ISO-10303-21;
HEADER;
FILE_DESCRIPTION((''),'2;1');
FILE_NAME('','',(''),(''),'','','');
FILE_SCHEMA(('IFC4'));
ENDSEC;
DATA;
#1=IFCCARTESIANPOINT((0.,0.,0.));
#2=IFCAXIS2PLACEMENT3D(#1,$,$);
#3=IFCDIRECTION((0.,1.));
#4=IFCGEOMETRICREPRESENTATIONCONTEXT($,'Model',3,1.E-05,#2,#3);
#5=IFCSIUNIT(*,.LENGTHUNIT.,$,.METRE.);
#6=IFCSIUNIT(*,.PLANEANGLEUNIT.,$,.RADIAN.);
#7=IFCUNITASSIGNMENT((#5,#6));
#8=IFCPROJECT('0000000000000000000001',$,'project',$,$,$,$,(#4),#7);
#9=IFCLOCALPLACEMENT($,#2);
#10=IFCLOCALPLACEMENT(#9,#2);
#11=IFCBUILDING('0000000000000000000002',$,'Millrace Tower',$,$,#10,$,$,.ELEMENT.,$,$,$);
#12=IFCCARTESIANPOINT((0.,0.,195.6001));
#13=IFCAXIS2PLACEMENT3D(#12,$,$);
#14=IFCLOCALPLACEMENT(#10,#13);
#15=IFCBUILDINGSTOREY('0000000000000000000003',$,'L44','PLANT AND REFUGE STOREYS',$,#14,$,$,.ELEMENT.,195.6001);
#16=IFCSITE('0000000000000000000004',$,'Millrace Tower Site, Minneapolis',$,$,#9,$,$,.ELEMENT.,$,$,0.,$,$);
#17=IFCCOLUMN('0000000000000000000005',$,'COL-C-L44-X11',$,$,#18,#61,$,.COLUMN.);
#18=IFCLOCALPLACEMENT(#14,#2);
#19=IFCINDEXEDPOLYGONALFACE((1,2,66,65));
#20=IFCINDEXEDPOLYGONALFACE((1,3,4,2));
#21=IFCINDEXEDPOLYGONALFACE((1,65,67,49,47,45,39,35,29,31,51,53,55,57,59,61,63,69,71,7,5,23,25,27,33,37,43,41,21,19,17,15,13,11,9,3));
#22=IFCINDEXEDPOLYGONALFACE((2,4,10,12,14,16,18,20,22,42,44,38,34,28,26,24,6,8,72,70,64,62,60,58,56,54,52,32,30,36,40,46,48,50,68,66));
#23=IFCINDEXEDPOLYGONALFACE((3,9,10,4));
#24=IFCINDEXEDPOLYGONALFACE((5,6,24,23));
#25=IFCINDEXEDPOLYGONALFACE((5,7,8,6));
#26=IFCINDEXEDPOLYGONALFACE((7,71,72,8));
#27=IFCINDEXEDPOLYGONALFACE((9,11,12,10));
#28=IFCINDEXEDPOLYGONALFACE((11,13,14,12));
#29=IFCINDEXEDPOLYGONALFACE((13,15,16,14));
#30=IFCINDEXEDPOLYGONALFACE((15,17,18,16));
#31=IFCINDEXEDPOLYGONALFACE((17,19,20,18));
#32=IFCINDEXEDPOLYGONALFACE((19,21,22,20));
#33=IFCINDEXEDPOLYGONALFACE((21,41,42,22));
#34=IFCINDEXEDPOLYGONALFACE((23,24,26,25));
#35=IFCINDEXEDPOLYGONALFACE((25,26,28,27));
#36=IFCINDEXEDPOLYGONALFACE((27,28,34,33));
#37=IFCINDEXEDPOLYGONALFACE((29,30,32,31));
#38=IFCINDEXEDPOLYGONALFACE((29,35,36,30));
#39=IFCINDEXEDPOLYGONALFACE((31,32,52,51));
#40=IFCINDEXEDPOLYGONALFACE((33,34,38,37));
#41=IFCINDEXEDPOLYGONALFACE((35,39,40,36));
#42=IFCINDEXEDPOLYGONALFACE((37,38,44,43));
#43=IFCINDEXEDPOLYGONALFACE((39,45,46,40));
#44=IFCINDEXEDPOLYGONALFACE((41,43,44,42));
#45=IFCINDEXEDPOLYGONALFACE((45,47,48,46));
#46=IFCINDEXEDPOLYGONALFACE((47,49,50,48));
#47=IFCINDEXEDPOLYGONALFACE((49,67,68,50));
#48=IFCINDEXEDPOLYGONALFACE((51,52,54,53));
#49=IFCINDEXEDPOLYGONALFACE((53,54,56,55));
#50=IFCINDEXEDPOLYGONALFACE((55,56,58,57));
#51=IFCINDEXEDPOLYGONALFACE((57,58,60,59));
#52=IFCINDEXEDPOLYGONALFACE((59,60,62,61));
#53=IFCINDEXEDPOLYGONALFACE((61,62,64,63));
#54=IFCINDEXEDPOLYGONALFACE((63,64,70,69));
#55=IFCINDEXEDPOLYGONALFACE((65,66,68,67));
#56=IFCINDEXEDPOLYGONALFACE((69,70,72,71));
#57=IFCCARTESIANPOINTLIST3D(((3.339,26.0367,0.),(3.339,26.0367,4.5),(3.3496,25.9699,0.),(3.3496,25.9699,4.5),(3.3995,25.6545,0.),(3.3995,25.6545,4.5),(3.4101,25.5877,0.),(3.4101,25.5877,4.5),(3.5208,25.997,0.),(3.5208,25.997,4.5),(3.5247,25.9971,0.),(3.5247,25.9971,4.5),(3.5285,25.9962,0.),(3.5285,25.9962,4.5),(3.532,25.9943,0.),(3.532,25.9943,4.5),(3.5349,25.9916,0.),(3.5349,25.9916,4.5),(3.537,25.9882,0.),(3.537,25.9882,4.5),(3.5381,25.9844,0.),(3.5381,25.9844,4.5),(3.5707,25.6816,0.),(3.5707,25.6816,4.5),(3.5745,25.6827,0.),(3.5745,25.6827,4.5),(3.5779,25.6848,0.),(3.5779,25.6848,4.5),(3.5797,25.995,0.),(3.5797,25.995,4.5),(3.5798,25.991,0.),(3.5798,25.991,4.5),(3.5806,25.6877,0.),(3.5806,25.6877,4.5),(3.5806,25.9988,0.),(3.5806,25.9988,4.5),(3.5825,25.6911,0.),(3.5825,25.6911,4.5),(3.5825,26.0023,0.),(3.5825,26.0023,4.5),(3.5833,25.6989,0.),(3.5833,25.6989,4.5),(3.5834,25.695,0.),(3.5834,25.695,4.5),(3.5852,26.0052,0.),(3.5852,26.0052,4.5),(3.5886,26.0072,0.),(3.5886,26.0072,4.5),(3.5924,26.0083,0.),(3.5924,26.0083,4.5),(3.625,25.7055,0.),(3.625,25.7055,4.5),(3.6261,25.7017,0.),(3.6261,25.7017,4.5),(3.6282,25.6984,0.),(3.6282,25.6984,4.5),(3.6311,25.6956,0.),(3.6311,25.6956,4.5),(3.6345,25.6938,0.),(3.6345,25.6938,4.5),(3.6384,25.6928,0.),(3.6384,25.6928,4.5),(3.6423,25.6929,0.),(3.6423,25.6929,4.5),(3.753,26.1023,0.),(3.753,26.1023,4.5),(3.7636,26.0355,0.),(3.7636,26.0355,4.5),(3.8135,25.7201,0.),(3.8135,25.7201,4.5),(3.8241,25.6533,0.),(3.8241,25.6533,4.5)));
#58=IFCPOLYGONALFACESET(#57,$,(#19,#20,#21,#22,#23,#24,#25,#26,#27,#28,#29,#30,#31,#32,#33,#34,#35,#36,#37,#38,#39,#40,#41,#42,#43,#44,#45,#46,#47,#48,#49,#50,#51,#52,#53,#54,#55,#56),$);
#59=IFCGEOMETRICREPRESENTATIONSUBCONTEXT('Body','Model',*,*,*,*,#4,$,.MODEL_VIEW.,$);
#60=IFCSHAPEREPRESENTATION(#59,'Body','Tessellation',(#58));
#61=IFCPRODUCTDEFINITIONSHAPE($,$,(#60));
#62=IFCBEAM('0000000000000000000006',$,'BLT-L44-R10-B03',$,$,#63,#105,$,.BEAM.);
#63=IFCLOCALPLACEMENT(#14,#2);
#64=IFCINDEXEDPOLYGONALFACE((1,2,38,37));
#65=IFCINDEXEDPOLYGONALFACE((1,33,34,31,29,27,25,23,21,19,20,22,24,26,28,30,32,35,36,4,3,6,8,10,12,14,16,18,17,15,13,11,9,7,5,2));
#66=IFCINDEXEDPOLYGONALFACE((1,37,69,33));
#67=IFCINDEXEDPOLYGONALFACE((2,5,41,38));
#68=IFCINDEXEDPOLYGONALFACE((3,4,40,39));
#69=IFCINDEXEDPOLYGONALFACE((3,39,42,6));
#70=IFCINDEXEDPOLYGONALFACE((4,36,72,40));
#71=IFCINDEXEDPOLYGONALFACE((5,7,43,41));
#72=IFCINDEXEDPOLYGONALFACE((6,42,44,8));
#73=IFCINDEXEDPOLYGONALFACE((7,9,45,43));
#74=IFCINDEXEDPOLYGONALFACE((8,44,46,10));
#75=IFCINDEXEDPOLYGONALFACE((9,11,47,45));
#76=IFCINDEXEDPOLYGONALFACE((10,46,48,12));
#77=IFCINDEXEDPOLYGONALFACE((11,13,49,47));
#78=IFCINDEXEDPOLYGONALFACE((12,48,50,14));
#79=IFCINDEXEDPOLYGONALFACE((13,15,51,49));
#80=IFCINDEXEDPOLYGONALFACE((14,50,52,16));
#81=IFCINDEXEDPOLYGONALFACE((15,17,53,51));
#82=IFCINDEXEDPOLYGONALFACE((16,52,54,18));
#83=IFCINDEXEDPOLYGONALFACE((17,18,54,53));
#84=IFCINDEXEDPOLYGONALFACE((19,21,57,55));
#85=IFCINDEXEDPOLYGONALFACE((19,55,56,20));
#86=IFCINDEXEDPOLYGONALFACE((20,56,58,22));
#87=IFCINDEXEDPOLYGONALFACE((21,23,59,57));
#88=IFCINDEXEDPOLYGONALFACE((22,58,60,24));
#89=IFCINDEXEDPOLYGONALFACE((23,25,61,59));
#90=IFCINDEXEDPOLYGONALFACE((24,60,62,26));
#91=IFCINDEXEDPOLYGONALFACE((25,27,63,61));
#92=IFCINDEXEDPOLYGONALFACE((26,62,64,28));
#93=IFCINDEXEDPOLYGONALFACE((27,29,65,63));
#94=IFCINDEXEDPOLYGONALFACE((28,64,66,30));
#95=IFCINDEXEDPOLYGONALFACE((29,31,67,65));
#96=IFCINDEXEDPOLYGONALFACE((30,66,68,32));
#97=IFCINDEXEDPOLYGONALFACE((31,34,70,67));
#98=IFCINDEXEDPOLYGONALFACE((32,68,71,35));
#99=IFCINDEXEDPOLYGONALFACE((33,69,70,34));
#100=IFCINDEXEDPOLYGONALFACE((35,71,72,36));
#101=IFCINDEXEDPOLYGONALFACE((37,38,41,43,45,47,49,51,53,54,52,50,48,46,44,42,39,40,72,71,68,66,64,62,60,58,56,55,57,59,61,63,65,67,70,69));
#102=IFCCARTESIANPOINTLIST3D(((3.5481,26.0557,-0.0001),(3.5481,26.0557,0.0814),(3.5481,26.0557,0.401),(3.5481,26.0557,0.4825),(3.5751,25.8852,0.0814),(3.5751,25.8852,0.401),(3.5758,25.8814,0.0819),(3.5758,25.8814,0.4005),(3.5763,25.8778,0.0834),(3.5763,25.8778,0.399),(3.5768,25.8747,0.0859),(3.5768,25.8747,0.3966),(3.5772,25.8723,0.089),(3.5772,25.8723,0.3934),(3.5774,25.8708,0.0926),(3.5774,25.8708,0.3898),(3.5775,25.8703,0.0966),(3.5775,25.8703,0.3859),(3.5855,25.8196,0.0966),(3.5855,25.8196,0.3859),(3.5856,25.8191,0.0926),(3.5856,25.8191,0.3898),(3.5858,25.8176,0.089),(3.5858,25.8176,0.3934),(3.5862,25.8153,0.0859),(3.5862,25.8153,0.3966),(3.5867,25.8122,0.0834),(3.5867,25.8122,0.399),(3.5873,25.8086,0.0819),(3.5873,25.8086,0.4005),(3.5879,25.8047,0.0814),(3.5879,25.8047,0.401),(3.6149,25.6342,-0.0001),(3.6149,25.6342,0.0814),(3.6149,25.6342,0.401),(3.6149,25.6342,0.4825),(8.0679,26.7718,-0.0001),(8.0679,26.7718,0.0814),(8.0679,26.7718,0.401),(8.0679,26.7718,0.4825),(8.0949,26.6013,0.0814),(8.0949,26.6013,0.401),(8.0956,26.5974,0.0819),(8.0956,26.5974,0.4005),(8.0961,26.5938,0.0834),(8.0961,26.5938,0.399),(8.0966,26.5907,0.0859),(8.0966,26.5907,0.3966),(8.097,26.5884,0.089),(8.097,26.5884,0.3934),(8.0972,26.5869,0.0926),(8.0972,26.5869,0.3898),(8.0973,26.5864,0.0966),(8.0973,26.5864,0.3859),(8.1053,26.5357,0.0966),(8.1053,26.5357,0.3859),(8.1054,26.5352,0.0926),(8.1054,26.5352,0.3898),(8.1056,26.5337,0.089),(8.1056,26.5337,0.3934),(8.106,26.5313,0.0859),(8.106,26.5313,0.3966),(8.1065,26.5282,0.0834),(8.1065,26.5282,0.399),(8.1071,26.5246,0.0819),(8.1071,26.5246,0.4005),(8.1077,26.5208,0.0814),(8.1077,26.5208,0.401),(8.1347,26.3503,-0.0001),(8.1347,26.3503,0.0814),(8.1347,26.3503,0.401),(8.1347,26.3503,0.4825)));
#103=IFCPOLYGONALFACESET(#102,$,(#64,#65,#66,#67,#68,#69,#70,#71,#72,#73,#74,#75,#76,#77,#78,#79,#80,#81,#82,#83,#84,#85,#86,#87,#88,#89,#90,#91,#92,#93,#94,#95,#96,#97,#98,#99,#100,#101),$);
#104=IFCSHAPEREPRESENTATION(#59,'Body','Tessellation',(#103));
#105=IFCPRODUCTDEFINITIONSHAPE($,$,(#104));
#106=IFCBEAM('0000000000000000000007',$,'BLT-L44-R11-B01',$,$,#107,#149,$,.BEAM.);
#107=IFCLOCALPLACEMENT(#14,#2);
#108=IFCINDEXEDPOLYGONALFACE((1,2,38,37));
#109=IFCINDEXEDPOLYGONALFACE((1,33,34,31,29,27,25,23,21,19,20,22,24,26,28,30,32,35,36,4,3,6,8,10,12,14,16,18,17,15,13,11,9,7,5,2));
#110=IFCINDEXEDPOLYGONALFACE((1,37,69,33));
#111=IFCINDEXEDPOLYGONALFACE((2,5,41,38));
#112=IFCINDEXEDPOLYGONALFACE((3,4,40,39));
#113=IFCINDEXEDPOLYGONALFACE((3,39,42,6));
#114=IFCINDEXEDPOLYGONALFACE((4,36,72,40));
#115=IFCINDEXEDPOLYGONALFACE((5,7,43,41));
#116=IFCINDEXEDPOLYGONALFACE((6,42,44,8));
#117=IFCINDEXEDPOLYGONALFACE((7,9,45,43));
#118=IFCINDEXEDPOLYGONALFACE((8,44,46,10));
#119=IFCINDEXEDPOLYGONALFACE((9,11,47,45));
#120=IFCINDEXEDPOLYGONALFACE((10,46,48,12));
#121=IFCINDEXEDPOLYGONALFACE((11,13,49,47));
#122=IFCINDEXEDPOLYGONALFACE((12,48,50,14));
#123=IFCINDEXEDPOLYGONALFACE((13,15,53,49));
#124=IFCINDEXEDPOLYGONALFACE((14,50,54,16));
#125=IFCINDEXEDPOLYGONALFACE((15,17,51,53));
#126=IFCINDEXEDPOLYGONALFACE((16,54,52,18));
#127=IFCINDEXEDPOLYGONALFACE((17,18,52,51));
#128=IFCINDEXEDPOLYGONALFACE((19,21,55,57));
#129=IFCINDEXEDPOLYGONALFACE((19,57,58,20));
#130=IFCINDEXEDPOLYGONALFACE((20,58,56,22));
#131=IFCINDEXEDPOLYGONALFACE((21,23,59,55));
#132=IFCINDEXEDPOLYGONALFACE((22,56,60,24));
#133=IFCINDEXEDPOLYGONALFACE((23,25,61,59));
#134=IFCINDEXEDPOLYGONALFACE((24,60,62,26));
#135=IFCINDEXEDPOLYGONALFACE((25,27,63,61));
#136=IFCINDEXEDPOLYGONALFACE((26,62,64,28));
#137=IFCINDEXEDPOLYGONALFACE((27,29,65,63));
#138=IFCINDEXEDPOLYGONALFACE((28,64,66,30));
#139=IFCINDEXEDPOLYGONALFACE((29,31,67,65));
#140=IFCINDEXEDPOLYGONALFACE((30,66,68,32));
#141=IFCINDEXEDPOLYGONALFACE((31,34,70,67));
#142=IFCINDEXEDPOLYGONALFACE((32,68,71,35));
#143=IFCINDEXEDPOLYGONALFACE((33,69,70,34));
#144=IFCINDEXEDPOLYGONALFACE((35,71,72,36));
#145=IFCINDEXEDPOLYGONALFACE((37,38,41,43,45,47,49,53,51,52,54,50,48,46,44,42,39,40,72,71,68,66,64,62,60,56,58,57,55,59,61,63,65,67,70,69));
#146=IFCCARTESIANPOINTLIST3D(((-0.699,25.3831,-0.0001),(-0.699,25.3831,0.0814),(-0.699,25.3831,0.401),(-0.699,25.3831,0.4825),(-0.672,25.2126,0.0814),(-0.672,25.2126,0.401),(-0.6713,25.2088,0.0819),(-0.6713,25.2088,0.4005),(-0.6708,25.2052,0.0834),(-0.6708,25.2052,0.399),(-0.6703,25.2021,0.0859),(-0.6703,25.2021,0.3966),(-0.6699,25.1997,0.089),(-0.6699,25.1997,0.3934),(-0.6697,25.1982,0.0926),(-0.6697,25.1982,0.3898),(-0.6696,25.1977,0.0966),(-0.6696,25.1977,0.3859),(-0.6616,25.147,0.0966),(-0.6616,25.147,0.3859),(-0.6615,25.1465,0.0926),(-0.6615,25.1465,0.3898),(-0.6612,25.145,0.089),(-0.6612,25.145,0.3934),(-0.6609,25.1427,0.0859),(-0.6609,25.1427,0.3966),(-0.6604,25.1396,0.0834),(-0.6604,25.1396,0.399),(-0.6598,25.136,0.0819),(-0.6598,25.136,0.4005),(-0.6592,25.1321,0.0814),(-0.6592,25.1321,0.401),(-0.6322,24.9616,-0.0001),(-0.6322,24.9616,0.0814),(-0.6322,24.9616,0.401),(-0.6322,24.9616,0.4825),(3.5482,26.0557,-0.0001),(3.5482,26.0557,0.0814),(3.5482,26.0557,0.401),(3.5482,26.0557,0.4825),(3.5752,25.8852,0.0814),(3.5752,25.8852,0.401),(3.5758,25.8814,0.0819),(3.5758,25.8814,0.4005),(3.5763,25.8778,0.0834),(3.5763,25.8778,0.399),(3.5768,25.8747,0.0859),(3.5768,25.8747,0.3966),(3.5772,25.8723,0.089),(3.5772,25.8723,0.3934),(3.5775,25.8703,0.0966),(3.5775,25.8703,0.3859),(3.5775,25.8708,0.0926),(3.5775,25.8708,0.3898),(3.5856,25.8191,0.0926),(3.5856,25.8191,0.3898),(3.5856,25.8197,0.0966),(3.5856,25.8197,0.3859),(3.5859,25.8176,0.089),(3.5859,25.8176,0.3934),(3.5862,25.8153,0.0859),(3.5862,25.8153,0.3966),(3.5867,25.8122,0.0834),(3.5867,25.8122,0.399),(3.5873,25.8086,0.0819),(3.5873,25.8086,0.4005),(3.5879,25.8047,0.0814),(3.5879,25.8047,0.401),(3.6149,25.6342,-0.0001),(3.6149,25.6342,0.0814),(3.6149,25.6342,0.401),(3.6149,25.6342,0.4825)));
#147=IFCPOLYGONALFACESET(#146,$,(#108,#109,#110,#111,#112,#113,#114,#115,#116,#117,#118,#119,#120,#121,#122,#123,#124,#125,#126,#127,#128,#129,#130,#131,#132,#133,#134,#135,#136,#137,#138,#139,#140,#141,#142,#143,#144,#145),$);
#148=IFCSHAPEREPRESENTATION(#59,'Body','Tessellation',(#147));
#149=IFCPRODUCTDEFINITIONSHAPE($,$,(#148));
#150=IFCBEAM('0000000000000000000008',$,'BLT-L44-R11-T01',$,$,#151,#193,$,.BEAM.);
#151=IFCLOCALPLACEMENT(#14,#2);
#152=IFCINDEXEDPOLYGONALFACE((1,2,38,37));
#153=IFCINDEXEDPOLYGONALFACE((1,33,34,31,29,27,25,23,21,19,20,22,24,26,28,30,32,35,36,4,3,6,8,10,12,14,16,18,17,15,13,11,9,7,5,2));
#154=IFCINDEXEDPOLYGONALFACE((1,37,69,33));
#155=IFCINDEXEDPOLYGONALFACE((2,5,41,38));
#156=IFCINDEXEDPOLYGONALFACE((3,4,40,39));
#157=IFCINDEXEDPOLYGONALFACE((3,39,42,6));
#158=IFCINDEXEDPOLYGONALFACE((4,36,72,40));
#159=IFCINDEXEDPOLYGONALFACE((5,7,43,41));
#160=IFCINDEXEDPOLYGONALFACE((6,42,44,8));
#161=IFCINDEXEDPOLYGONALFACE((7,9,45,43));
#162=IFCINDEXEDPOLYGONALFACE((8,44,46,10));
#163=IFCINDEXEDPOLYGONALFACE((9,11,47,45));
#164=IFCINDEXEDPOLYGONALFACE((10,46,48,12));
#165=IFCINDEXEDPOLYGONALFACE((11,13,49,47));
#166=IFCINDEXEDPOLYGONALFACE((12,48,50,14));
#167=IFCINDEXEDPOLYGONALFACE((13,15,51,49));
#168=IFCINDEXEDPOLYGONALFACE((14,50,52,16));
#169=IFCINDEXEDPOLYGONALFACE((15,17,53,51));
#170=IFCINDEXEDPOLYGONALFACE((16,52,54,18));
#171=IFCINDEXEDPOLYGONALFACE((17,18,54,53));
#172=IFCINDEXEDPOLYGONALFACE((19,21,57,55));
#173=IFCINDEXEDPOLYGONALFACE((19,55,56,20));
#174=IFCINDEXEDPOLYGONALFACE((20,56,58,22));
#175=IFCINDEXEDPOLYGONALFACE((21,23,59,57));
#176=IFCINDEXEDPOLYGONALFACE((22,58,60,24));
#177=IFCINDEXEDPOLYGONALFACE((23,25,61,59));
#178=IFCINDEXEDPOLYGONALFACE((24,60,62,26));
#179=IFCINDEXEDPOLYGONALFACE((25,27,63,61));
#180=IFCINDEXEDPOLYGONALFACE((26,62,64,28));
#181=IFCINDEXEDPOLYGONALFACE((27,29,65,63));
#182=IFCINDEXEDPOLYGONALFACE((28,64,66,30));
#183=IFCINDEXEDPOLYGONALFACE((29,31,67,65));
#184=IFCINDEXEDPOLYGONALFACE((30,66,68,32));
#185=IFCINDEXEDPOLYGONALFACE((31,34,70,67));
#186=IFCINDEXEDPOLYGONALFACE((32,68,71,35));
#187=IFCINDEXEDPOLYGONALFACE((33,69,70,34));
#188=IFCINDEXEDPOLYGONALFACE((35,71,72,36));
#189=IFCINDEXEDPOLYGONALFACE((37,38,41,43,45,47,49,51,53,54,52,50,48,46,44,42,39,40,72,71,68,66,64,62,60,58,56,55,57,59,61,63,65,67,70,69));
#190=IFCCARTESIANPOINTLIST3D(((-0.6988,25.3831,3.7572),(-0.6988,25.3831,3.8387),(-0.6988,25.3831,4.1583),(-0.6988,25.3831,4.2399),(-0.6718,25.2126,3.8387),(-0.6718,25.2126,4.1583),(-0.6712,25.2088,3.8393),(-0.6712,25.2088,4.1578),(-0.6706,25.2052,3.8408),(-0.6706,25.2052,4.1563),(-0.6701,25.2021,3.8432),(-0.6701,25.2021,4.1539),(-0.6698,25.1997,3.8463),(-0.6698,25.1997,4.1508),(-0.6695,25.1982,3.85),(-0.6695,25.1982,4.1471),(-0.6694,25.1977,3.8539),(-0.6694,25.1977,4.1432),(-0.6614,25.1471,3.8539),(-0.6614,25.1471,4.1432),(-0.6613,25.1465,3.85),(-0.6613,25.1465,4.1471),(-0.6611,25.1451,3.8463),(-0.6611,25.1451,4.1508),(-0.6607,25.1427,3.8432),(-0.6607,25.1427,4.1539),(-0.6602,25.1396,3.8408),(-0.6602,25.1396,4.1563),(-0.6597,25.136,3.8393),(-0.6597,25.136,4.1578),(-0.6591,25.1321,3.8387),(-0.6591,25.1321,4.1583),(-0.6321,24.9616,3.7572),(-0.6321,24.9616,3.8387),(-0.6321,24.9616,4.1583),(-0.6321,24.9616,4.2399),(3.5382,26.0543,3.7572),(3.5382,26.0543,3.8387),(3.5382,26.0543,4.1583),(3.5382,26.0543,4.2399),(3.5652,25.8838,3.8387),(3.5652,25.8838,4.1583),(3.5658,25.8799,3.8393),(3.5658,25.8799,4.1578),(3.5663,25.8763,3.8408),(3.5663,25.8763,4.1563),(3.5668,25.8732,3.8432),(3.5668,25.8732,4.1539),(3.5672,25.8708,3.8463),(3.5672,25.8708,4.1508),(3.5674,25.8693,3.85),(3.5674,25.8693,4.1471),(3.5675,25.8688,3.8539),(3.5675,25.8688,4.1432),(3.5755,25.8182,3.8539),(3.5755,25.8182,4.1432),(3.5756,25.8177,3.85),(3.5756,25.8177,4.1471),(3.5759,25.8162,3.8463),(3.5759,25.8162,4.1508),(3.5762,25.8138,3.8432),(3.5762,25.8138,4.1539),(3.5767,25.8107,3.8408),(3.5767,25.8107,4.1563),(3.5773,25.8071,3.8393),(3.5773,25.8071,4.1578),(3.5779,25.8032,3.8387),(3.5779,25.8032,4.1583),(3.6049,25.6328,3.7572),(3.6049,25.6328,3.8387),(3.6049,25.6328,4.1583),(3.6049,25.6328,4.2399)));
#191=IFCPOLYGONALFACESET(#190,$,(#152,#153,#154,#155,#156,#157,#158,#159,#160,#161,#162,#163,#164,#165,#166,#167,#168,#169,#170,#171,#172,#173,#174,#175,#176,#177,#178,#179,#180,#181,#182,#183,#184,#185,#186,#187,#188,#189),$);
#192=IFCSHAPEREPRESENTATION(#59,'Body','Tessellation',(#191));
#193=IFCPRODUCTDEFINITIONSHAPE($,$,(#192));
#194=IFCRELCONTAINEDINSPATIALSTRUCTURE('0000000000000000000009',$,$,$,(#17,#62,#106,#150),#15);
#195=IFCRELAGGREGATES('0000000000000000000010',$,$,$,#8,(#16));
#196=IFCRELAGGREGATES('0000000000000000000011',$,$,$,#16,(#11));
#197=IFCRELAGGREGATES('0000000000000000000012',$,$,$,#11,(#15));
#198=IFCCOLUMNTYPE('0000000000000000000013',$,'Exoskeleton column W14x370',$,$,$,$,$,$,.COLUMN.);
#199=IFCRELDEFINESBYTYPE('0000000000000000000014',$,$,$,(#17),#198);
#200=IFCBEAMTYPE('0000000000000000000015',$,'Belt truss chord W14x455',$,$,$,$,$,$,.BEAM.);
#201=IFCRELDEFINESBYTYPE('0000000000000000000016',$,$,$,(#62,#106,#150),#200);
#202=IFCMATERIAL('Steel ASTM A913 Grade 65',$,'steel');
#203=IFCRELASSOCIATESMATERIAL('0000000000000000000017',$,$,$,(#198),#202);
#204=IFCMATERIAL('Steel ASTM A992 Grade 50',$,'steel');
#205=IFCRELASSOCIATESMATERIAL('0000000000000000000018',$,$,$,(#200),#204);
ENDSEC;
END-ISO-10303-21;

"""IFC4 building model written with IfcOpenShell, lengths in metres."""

from ifc_helpers import new_model, si_unit, direction, frame, origin, origin_2d, place, context, subcontext, project, spatial, i_section, extrude, material, material_profile, profile_set, type_object, element, save


model = new_model("IFC4")

# Units and contexts
model_context = context("Model", 3, precision=1e-05, world=origin(), true_north=direction((0.0, 1.0)))
body_context = subcontext(model_context, "Body", "Model", "MODEL_VIEW")
ifc_project = project(units=[si_unit("LENGTHUNIT", "METRE"), si_unit("PLANEANGLEUNIT", "RADIAN")], contexts=[model_context])

# Site, building, storey
site_placement = place(None, origin())
site = spatial("IfcSite", under=ifc_project, at=site_placement, Name="Millrace Tower Site, Minneapolis", CompositionType="ELEMENT", RefElevation=0.0)
building_placement = place(site_placement, origin())
building = spatial("IfcBuilding", under=site, at=building_placement, Name="Millrace Tower", CompositionType="ELEMENT")
storey_placement = place(building_placement, frame((0.0, 0.0, 195.6001)))
storey = spatial("IfcBuildingStorey", under=building, at=storey_placement, Name="L44", Description="PLANT AND REFUGE STOREYS", CompositionType="ELEMENT", Elevation=195.6001)

# Column
ifc_material_1 = material(Name="Steel ASTM A913 Grade 65", Category="steel")
ifc_material_profile_1 = material_profile(ifc_material_1, i_section(OverallWidth=0.4192, OverallDepth=0.4546, WebThickness=0.0422, FlangeThickness=0.0676, FilletRadius=0.0151, at=origin_2d()))
ifc_profile_set_1 = profile_set([ifc_material_profile_1], Name="Steel ASTM A913 Grade 65")
column_type = type_object("IfcColumnType", Name="Exoskeleton column W14x370", PredefinedType="COLUMN", material=ifc_profile_set_1)
column_placement = place(storey_placement, frame((3.5815, 25.845, 0.0), z_axis=(0.0, 0.0, 1.0), x_axis=(-0.987688, -0.156434, 0.0)))
element("IfcColumn", 1, at=column_placement, inside=storey, type_object=column_type, Name="COL-C-L44-X11", PredefinedType="COLUMN", context=body_context, shape_type="SweptSolid", body=[
    extrude(i_section(OverallWidth=0.4192, OverallDepth=0.4546, WebThickness=0.0422, FlangeThickness=0.0676, FilletRadius=0.0151, at=origin_2d()), origin(), (0.0, 0.0, 1.0), 4.5),
])

# Beams
ifc_material_2 = material(Name="Steel ASTM A992 Grade 50", Category="steel")
ifc_material_profile_2 = material_profile(ifc_material_2, i_section(OverallWidth=0.4268, OverallDepth=0.4827, WebThickness=0.0513, FlangeThickness=0.0815, FilletRadius=0.0151, at=origin_2d()))
ifc_profile_set_2 = profile_set([ifc_material_profile_2], Name="Steel ASTM A992 Grade 50")
beam_type_1 = type_object("IfcBeamType", Name="Belt truss chord W14x455", PredefinedType="BEAM", material=ifc_profile_set_2)
beam_1_placement = place(storey_placement, frame((8.1013, 26.561, 0.2412), z_axis=(-0.987682, -0.156478, 0.0), x_axis=(0.156478, -0.987682, 0.0)))
element("IfcBeam", 2, at=beam_1_placement, inside=storey, type_object=beam_type_1, Name="BLT-L44-R10-B03", PredefinedType="BEAM", context=body_context, shape_type="SweptSolid", body=[
    extrude(i_section(OverallWidth=0.4268, OverallDepth=0.4827, WebThickness=0.0513, FlangeThickness=0.0815, FilletRadius=0.0151, at=origin_2d()), origin(), (0.0, 0.0, 1.0), 4.5762),
])
beam_2_placement = place(storey_placement, frame((3.5815, 25.845, 0.2412), z_axis=(-0.987691, -0.15642, 0.0), x_axis=(0.15642, -0.987691, 0.0)))
element("IfcBeam", 3, at=beam_2_placement, inside=storey, type_object=beam_type_1, Name="BLT-L44-R11-B01", PredefinedType="BEAM", context=body_context, shape_type="SweptSolid", body=[
    extrude(i_section(OverallWidth=0.4268, OverallDepth=0.4827, WebThickness=0.0513, FlangeThickness=0.0815, FilletRadius=0.0151, at=origin_2d()), origin(), (0.0, 0.0, 1.0), 4.3),
])
beam_3_placement = place(storey_placement, frame((3.5715, 25.8435, 3.9985), z_axis=(-0.987686, -0.156448, 0.0), x_axis=(0.156448, -0.987686, 0.0)))
element("IfcBeam", 4, at=beam_3_placement, inside=storey, type_object=beam_type_1, Name="BLT-L44-R11-T01", PredefinedType="BEAM", context=body_context, shape_type="SweptSolid", body=[
    extrude(i_section(OverallWidth=0.4268, OverallDepth=0.4827, WebThickness=0.0513, FlangeThickness=0.0815, FilletRadius=0.0151, at=origin_2d()), origin(), (0.0, 0.0, 1.0), 4.2898),
])

save(model, "model.ifc")
